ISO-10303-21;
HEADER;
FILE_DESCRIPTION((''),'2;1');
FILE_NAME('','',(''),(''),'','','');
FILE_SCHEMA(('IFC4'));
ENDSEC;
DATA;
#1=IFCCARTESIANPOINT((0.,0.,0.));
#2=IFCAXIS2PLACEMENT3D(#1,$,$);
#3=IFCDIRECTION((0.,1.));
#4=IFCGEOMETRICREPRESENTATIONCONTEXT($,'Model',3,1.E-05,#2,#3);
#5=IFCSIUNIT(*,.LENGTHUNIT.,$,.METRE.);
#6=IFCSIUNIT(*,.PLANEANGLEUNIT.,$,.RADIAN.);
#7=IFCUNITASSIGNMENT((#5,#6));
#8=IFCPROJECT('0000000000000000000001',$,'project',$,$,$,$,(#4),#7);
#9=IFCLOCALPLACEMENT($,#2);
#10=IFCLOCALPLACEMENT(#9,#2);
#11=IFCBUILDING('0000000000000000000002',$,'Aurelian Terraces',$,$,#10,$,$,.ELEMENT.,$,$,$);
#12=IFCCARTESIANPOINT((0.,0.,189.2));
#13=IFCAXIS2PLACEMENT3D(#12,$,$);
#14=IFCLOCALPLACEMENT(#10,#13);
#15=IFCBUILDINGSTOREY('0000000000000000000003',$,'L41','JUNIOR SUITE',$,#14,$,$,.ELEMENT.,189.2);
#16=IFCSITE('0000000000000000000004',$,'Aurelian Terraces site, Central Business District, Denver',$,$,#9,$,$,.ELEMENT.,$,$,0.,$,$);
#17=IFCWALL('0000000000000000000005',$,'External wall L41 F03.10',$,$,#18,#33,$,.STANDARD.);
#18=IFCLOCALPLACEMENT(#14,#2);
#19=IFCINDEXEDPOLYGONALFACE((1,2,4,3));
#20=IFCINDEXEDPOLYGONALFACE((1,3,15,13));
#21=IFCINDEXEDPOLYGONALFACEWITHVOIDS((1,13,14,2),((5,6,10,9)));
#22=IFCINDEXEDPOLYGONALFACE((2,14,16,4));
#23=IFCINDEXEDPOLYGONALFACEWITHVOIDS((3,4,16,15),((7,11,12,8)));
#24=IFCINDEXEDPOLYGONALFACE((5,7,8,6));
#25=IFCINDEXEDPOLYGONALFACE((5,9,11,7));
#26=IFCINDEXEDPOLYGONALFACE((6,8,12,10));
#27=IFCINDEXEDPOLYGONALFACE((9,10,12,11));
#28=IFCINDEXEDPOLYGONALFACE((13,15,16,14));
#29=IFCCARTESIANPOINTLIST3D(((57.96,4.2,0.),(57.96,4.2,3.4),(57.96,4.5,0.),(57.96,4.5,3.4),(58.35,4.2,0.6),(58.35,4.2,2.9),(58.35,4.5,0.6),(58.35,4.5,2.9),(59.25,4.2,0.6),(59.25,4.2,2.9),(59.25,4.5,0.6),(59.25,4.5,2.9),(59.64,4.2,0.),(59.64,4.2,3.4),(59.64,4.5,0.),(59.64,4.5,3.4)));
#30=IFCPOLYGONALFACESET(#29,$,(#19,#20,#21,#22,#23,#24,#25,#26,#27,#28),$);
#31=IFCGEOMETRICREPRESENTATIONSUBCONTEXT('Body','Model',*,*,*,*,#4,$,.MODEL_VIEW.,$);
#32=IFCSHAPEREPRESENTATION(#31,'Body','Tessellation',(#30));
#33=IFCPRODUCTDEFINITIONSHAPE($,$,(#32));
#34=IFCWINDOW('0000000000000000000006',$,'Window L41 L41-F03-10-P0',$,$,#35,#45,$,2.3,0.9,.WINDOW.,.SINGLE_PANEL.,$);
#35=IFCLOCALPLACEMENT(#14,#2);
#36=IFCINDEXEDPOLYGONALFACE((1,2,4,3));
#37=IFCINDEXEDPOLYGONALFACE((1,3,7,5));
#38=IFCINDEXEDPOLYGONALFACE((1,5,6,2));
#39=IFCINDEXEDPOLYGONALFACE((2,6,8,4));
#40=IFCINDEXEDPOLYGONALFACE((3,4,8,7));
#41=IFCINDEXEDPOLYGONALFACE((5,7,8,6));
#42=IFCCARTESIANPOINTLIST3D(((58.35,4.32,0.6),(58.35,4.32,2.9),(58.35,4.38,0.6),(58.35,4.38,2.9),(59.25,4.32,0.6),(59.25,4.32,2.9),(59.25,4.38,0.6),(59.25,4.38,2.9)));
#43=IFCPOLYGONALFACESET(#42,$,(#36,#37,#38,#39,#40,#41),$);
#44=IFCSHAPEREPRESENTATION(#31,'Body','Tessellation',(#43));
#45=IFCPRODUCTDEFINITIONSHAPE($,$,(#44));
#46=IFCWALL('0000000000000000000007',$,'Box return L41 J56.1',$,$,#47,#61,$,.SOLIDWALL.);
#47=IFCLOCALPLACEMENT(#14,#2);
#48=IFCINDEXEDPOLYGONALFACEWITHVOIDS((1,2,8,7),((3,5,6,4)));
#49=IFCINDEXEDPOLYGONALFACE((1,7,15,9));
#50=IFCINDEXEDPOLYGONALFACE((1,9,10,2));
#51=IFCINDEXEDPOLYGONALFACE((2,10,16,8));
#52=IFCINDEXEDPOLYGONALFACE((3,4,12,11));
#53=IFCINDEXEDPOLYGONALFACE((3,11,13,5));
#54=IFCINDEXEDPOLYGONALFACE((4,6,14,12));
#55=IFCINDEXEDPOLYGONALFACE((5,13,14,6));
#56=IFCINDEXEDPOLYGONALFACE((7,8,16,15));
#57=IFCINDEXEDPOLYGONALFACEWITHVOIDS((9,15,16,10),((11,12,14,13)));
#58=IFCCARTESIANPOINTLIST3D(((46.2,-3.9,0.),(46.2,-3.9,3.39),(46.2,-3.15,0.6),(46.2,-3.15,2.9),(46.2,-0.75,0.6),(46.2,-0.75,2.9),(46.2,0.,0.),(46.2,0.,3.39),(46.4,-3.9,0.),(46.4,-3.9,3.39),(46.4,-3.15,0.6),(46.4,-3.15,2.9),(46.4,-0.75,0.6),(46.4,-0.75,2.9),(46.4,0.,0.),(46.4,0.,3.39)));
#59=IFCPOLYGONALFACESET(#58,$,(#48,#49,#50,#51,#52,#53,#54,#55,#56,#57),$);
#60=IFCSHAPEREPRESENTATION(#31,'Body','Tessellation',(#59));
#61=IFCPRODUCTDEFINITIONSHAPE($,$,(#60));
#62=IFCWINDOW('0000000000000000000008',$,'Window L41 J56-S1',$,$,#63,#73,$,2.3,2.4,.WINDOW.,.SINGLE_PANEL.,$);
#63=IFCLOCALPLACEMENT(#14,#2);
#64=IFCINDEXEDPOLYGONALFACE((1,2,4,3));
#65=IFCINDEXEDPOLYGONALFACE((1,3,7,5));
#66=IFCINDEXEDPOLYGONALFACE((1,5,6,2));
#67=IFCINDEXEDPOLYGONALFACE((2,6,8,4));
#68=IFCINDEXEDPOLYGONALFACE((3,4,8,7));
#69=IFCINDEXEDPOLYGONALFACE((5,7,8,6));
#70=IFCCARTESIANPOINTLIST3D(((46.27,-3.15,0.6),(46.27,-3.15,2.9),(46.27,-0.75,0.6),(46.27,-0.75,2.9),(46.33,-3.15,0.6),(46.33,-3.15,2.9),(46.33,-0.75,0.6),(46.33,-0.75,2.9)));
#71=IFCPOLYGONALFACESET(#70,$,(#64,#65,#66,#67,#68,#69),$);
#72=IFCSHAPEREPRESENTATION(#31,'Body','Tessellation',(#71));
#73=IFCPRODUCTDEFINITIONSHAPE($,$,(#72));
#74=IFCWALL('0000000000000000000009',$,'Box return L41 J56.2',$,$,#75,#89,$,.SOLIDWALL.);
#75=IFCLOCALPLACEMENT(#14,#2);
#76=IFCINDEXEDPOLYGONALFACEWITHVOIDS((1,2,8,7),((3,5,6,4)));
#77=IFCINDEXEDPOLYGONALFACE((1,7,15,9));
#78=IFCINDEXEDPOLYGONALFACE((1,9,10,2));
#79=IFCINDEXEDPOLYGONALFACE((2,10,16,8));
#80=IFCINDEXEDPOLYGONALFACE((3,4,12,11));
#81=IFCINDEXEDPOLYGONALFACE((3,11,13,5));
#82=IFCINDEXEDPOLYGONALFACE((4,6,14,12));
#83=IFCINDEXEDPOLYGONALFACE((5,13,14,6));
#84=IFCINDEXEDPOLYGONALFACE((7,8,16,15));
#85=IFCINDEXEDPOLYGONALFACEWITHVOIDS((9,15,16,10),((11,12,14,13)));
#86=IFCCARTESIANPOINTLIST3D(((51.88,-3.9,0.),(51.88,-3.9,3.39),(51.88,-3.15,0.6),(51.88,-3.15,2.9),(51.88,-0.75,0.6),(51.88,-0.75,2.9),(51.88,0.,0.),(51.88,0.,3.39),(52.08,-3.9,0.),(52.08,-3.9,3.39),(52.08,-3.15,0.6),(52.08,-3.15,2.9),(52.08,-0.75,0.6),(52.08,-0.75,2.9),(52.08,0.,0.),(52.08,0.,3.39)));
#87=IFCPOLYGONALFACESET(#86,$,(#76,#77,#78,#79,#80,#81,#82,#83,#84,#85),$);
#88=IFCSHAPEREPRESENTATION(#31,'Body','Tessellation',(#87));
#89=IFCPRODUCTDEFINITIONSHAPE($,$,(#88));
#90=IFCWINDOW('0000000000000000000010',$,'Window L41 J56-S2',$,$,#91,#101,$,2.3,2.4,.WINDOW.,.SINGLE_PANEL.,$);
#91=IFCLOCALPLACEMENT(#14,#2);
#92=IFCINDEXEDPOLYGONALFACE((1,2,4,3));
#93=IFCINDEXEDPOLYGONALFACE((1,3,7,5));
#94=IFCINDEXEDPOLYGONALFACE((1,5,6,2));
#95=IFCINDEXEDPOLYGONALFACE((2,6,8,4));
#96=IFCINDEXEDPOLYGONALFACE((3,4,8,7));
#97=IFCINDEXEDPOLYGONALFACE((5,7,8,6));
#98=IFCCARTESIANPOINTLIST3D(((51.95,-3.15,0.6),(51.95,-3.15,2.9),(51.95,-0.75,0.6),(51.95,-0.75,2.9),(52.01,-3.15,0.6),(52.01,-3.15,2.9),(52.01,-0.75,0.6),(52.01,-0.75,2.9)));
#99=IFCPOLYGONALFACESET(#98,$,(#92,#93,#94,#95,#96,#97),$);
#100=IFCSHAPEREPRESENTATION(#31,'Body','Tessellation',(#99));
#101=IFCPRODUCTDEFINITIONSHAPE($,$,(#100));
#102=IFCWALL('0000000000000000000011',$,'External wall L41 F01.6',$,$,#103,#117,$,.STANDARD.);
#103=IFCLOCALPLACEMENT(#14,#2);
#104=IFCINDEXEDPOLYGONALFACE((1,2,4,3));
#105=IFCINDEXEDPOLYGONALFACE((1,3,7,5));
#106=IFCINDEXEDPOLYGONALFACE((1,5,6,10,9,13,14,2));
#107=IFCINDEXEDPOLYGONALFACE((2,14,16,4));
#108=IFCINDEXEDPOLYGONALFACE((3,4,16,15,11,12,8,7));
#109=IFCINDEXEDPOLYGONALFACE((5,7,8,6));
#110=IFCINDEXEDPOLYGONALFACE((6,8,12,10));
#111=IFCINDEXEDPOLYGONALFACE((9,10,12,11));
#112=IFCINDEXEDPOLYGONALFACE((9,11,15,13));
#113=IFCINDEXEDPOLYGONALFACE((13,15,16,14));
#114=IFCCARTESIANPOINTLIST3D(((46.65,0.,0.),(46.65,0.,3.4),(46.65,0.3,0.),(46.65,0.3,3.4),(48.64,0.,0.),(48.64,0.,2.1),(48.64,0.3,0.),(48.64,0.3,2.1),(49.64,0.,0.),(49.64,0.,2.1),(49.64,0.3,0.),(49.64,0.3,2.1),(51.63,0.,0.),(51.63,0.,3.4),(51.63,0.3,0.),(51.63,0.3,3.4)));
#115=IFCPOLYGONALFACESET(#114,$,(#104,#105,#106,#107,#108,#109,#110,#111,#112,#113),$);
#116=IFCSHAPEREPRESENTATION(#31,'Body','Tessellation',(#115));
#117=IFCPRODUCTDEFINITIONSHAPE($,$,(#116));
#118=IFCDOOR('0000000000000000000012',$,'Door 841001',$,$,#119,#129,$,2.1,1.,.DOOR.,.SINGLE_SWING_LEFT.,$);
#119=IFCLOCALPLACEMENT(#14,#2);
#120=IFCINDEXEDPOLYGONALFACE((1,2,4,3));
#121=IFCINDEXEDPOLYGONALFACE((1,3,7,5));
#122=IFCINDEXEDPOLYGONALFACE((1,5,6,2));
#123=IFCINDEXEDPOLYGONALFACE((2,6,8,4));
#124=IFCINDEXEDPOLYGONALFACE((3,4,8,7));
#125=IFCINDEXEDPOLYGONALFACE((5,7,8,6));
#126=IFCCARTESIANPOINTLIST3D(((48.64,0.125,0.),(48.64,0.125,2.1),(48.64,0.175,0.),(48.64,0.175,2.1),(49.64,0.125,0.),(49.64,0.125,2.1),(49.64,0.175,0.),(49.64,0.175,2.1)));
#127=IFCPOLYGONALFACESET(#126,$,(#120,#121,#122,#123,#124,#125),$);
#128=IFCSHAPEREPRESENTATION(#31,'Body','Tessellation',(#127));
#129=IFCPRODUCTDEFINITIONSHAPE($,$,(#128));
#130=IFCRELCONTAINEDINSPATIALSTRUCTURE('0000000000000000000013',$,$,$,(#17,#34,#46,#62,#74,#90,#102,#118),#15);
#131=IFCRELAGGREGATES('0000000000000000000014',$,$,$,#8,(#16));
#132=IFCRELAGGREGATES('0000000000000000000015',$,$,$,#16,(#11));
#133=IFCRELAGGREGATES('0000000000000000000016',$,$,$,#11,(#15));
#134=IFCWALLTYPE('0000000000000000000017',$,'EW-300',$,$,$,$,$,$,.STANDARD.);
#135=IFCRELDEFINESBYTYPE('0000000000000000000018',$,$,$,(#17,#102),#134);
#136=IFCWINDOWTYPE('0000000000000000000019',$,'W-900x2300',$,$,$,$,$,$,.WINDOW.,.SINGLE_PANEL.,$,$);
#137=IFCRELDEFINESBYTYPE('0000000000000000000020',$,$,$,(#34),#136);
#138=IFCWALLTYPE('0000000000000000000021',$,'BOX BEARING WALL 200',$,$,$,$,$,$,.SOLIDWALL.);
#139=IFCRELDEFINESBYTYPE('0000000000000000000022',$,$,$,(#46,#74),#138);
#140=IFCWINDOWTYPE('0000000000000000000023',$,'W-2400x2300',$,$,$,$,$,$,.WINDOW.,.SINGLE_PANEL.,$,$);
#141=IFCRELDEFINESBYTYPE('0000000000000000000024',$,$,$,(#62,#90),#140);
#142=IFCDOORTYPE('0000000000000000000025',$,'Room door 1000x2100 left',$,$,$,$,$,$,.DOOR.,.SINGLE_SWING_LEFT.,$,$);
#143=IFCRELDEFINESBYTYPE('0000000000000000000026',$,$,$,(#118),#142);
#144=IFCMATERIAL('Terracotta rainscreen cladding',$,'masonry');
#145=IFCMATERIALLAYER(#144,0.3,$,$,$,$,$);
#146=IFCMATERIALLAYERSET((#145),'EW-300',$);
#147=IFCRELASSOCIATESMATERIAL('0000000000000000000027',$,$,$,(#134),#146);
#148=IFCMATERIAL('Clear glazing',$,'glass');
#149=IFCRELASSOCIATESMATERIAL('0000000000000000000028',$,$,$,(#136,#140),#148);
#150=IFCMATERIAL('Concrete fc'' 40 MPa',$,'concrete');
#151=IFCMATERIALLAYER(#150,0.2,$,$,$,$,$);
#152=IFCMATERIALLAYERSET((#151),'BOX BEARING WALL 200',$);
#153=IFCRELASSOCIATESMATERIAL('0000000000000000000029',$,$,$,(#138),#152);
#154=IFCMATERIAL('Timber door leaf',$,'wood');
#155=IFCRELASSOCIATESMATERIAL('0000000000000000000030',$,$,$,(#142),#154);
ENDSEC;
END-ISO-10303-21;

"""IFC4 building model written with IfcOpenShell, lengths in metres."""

from ifc_helpers import new_model, si_unit, direction, frame, frame_2d, origin, place, context, subcontext, project, spatial, rectangle, extrude, source, transform, mapped, material, layer, layer_set, type_object, element, fill, save


model = new_model("IFC4")

# Units and contexts
model_context = context("Model", 3, precision=1e-05, world=origin(), true_north=direction((0.0, 1.0)))
body_context = subcontext(model_context, "Body", "Model", "MODEL_VIEW")
ifc_project = project(units=[si_unit("LENGTHUNIT", "METRE"), si_unit("PLANEANGLEUNIT", "RADIAN")], contexts=[model_context])

# Site, building, storey
site_placement = place(None, origin())
site = spatial("IfcSite", under=ifc_project, at=site_placement, Name="Aurelian Terraces site, Central Business District, Denver", CompositionType="ELEMENT", RefElevation=0.0)
building_placement = place(site_placement, origin())
building = spatial("IfcBuilding", under=site, at=building_placement, Name="Aurelian Terraces", CompositionType="ELEMENT")
storey_placement = place(building_placement, frame((0.0, 0.0, 189.2)))
storey = spatial("IfcBuildingStorey", under=building, at=storey_placement, Name="L41", Description="JUNIOR SUITE", CompositionType="ELEMENT", Elevation=189.2)

# Walls, openings, windows
ifc_material_1 = material(Name="Terracotta rainscreen cladding", Category="masonry")
ifc_layer_1 = layer(ifc_material_1, 0.3)
ifc_layer_set_1 = layer_set([ifc_layer_1], Name="EW-300")
wall_type_1 = type_object("IfcWallType", Name="EW-300", PredefinedType="STANDARD", material=ifc_layer_set_1)
ifc_material_2 = material(Name="Clear glazing", Category="glass")
shared_shape_1 = source(origin(), body_context, "Body", "SweptSolid", [
    extrude(rectangle(XDim=1.68, YDim=0.3, at=frame_2d((0.84, 0.0))), origin(), (0.0, 0.0, 1.0), 3.4),
])
wall_1_placement = place(storey_placement, frame((57.96, 4.35, 0.0), z_axis=(0.0, 0.0, 1.0), x_axis=(1.0, 0.0, 0.0)))
wall_1 = element("IfcWall", 1, at=wall_1_placement, inside=storey, type_object=wall_type_1, Name="External wall L41 F03.10", PredefinedType="STANDARD", context=body_context, shape_type="MappedRepresentation", body=[
    mapped(shared_shape_1, transform((0.0, 0.0, 0.0), scale=1.0)),
])
shared_shape_2 = source(origin(), body_context, "Body", "SweptSolid", [
    extrude(rectangle(XDim=0.9, YDim=2.3, at=frame_2d((0.45, 1.15))), frame((0.0, 0.16, 0.0), z_axis=(0.0, -1.0, 0.0), x_axis=(1.0, 0.0, 0.0)), (0.0, 0.0, 1.0), 0.32),
])
opening_1_placement = place(wall_1_placement, frame((0.39, 0.0, 0.6)))
opening_1 = element("IfcOpeningElement", 2, at=opening_1_placement, cuts=wall_1, PredefinedType="OPENING", context=body_context, shape_type="MappedRepresentation", body=[
    mapped(shared_shape_2, transform((0.0, 0.0, 0.0), scale=1.0)),
])
window_type_1 = type_object("IfcWindowType", Name="W-900x2300", PartitioningType="SINGLE_PANEL", PredefinedType="WINDOW", material=ifc_material_2)
shared_shape_3 = source(origin(), body_context, "Body", "SweptSolid", [
    extrude(rectangle(XDim=0.9, YDim=2.3, at=frame_2d((0.45, 1.15))), frame((0.0, 0.03, 0.0), z_axis=(0.0, -1.0, 0.0), x_axis=(1.0, 0.0, 0.0)), (0.0, 0.0, 1.0), 0.06),
])
window_1_placement = place(opening_1_placement, origin())
window_1 = element("IfcWindow", 3, at=window_1_placement, inside=storey, type_object=window_type_1, Name="Window L41 L41-F03-10-P0", OverallHeight=2.3, OverallWidth=0.9, PartitioningType="SINGLE_PANEL", PredefinedType="WINDOW", context=body_context, shape_type="MappedRepresentation", body=[
    mapped(shared_shape_3, transform((0.0, 0.0, 0.0), scale=1.0)),
])
fill(opening_1, window_1)
ifc_material_3 = material(Name="Concrete fc' 40 MPa", Category="concrete")
ifc_layer_2 = layer(ifc_material_3, 0.2)
ifc_layer_set_2 = layer_set([ifc_layer_2], Name="BOX BEARING WALL 200")
wall_type_2 = type_object("IfcWallType", Name="BOX BEARING WALL 200", PredefinedType="SOLIDWALL", material=ifc_layer_set_2)
shared_shape_4 = source(origin(), body_context, "Body", "SweptSolid", [
    extrude(rectangle(XDim=3.9, YDim=0.2, at=frame_2d((1.95, 0.0))), origin(), (0.0, 0.0, 1.0), 3.39),
])
wall_2_placement = place(storey_placement, frame((46.3, 0.0, 0.0), z_axis=(0.0, 0.0, 1.0), x_axis=(0.0, -1.0, 0.0)))
wall_2 = element("IfcWall", 4, at=wall_2_placement, inside=storey, type_object=wall_type_2, Name="Box return L41 J56.1", PredefinedType="SOLIDWALL", context=body_context, shape_type="MappedRepresentation", body=[
    mapped(shared_shape_4, transform((0.0, 0.0, 0.0), scale=1.0)),
])
shared_shape_5 = source(origin(), body_context, "Body", "SweptSolid", [
    extrude(rectangle(XDim=2.4, YDim=2.3, at=frame_2d((1.2, 1.15))), frame((0.0, 0.11, 0.0), z_axis=(0.0, -1.0, 0.0), x_axis=(1.0, 0.0, 0.0)), (0.0, 0.0, 1.0), 0.22),
])
opening_2_placement = place(wall_2_placement, frame((0.75, 0.0, 0.6)))
opening_2 = element("IfcOpeningElement", 5, at=opening_2_placement, cuts=wall_2, PredefinedType="OPENING", context=body_context, shape_type="MappedRepresentation", body=[
    mapped(shared_shape_5, transform((0.0, 0.0, 0.0), scale=1.0)),
])
window_type_2 = type_object("IfcWindowType", Name="W-2400x2300", PartitioningType="SINGLE_PANEL", PredefinedType="WINDOW", material=ifc_material_2)
shared_shape_6 = source(origin(), body_context, "Body", "SweptSolid", [
    extrude(rectangle(XDim=2.4, YDim=2.3, at=frame_2d((1.2, 1.15))), frame((0.0, 0.03, 0.0), z_axis=(0.0, -1.0, 0.0), x_axis=(1.0, 0.0, 0.0)), (0.0, 0.0, 1.0), 0.06),
])
window_2_placement = place(opening_2_placement, origin())
window_2 = element("IfcWindow", 6, at=window_2_placement, inside=storey, type_object=window_type_2, Name="Window L41 J56-S1", OverallHeight=2.3, OverallWidth=2.4, PartitioningType="SINGLE_PANEL", PredefinedType="WINDOW", context=body_context, shape_type="MappedRepresentation", body=[
    mapped(shared_shape_6, transform((0.0, 0.0, 0.0), scale=1.0)),
])
fill(opening_2, window_2)
wall_3_placement = place(storey_placement, frame((51.98, 0.0, 0.0), z_axis=(0.0, 0.0, 1.0), x_axis=(0.0, -1.0, 0.0)))
wall_3 = element("IfcWall", 7, at=wall_3_placement, inside=storey, type_object=wall_type_2, Name="Box return L41 J56.2", PredefinedType="SOLIDWALL", context=body_context, shape_type="MappedRepresentation", body=[
    mapped(shared_shape_4, transform((0.0, 0.0, 0.0), scale=1.0)),
])
opening_3_placement = place(wall_3_placement, frame((0.75, 0.0, 0.6)))
opening_3 = element("IfcOpeningElement", 8, at=opening_3_placement, cuts=wall_3, PredefinedType="OPENING", context=body_context, shape_type="MappedRepresentation", body=[
    mapped(shared_shape_5, transform((0.0, 0.0, 0.0), scale=1.0)),
])
window_3_placement = place(opening_3_placement, origin())
window_3 = element("IfcWindow", 9, at=window_3_placement, inside=storey, type_object=window_type_2, Name="Window L41 J56-S2", OverallHeight=2.3, OverallWidth=2.4, PartitioningType="SINGLE_PANEL", PredefinedType="WINDOW", context=body_context, shape_type="MappedRepresentation", body=[
    mapped(shared_shape_6, transform((0.0, 0.0, 0.0), scale=1.0)),
])
fill(opening_3, window_3)

# Wall, opening, door
shared_shape_7 = source(origin(), body_context, "Body", "SweptSolid", [
    extrude(rectangle(XDim=4.98, YDim=0.3, at=frame_2d((2.49, 0.0))), origin(), (0.0, 0.0, 1.0), 3.4),
])
wall_4_placement = place(storey_placement, frame((46.65, 0.15, 0.0), z_axis=(0.0, 0.0, 1.0), x_axis=(1.0, 0.0, 0.0)))
wall_4 = element("IfcWall", 10, at=wall_4_placement, inside=storey, type_object=wall_type_1, Name="External wall L41 F01.6", PredefinedType="STANDARD", context=body_context, shape_type="MappedRepresentation", body=[
    mapped(shared_shape_7, transform((0.0, 0.0, 0.0), scale=1.0)),
])
shared_shape_8 = source(origin(), body_context, "Body", "SweptSolid", [
    extrude(rectangle(XDim=1.0, YDim=2.1, at=frame_2d((0.5, 1.05))), frame((0.0, 0.16, 0.0), z_axis=(0.0, -1.0, 0.0), x_axis=(1.0, 0.0, 0.0)), (0.0, 0.0, 1.0), 0.32),
])
opening_4_placement = place(wall_4_placement, frame((1.99, 0.0, 0.0)))
opening_4 = element("IfcOpeningElement", 11, at=opening_4_placement, cuts=wall_4, PredefinedType="OPENING", context=body_context, shape_type="MappedRepresentation", body=[
    mapped(shared_shape_8, transform((0.0, 0.0, 0.0), scale=1.0)),
])
ifc_material_4 = material(Name="Timber door leaf", Category="wood")
door_type_1 = type_object("IfcDoorType", Name="Room door 1000x2100 left", OperationType="SINGLE_SWING_LEFT", PredefinedType="DOOR", material=ifc_material_4)
shared_shape_9 = source(origin(), body_context, "Body", "SweptSolid", [
    extrude(rectangle(XDim=1.0, YDim=2.1, at=frame_2d((0.5, 1.05))), frame((0.0, 0.025, 0.0), z_axis=(0.0, -1.0, 0.0), x_axis=(1.0, 0.0, 0.0)), (0.0, 0.0, 1.0), 0.05),
])
door_1_placement = place(opening_4_placement, origin())
door_1 = element("IfcDoor", 12, at=door_1_placement, inside=storey, type_object=door_type_1, Name="Door 841001", OperationType="SINGLE_SWING_LEFT", OverallHeight=2.1, OverallWidth=1.0, PredefinedType="DOOR", context=body_context, shape_type="MappedRepresentation", body=[
    mapped(shared_shape_9, transform((0.0, 0.0, 0.0), scale=1.0)),
])
fill(opening_4, door_1)

save(model, "model.ifc")
